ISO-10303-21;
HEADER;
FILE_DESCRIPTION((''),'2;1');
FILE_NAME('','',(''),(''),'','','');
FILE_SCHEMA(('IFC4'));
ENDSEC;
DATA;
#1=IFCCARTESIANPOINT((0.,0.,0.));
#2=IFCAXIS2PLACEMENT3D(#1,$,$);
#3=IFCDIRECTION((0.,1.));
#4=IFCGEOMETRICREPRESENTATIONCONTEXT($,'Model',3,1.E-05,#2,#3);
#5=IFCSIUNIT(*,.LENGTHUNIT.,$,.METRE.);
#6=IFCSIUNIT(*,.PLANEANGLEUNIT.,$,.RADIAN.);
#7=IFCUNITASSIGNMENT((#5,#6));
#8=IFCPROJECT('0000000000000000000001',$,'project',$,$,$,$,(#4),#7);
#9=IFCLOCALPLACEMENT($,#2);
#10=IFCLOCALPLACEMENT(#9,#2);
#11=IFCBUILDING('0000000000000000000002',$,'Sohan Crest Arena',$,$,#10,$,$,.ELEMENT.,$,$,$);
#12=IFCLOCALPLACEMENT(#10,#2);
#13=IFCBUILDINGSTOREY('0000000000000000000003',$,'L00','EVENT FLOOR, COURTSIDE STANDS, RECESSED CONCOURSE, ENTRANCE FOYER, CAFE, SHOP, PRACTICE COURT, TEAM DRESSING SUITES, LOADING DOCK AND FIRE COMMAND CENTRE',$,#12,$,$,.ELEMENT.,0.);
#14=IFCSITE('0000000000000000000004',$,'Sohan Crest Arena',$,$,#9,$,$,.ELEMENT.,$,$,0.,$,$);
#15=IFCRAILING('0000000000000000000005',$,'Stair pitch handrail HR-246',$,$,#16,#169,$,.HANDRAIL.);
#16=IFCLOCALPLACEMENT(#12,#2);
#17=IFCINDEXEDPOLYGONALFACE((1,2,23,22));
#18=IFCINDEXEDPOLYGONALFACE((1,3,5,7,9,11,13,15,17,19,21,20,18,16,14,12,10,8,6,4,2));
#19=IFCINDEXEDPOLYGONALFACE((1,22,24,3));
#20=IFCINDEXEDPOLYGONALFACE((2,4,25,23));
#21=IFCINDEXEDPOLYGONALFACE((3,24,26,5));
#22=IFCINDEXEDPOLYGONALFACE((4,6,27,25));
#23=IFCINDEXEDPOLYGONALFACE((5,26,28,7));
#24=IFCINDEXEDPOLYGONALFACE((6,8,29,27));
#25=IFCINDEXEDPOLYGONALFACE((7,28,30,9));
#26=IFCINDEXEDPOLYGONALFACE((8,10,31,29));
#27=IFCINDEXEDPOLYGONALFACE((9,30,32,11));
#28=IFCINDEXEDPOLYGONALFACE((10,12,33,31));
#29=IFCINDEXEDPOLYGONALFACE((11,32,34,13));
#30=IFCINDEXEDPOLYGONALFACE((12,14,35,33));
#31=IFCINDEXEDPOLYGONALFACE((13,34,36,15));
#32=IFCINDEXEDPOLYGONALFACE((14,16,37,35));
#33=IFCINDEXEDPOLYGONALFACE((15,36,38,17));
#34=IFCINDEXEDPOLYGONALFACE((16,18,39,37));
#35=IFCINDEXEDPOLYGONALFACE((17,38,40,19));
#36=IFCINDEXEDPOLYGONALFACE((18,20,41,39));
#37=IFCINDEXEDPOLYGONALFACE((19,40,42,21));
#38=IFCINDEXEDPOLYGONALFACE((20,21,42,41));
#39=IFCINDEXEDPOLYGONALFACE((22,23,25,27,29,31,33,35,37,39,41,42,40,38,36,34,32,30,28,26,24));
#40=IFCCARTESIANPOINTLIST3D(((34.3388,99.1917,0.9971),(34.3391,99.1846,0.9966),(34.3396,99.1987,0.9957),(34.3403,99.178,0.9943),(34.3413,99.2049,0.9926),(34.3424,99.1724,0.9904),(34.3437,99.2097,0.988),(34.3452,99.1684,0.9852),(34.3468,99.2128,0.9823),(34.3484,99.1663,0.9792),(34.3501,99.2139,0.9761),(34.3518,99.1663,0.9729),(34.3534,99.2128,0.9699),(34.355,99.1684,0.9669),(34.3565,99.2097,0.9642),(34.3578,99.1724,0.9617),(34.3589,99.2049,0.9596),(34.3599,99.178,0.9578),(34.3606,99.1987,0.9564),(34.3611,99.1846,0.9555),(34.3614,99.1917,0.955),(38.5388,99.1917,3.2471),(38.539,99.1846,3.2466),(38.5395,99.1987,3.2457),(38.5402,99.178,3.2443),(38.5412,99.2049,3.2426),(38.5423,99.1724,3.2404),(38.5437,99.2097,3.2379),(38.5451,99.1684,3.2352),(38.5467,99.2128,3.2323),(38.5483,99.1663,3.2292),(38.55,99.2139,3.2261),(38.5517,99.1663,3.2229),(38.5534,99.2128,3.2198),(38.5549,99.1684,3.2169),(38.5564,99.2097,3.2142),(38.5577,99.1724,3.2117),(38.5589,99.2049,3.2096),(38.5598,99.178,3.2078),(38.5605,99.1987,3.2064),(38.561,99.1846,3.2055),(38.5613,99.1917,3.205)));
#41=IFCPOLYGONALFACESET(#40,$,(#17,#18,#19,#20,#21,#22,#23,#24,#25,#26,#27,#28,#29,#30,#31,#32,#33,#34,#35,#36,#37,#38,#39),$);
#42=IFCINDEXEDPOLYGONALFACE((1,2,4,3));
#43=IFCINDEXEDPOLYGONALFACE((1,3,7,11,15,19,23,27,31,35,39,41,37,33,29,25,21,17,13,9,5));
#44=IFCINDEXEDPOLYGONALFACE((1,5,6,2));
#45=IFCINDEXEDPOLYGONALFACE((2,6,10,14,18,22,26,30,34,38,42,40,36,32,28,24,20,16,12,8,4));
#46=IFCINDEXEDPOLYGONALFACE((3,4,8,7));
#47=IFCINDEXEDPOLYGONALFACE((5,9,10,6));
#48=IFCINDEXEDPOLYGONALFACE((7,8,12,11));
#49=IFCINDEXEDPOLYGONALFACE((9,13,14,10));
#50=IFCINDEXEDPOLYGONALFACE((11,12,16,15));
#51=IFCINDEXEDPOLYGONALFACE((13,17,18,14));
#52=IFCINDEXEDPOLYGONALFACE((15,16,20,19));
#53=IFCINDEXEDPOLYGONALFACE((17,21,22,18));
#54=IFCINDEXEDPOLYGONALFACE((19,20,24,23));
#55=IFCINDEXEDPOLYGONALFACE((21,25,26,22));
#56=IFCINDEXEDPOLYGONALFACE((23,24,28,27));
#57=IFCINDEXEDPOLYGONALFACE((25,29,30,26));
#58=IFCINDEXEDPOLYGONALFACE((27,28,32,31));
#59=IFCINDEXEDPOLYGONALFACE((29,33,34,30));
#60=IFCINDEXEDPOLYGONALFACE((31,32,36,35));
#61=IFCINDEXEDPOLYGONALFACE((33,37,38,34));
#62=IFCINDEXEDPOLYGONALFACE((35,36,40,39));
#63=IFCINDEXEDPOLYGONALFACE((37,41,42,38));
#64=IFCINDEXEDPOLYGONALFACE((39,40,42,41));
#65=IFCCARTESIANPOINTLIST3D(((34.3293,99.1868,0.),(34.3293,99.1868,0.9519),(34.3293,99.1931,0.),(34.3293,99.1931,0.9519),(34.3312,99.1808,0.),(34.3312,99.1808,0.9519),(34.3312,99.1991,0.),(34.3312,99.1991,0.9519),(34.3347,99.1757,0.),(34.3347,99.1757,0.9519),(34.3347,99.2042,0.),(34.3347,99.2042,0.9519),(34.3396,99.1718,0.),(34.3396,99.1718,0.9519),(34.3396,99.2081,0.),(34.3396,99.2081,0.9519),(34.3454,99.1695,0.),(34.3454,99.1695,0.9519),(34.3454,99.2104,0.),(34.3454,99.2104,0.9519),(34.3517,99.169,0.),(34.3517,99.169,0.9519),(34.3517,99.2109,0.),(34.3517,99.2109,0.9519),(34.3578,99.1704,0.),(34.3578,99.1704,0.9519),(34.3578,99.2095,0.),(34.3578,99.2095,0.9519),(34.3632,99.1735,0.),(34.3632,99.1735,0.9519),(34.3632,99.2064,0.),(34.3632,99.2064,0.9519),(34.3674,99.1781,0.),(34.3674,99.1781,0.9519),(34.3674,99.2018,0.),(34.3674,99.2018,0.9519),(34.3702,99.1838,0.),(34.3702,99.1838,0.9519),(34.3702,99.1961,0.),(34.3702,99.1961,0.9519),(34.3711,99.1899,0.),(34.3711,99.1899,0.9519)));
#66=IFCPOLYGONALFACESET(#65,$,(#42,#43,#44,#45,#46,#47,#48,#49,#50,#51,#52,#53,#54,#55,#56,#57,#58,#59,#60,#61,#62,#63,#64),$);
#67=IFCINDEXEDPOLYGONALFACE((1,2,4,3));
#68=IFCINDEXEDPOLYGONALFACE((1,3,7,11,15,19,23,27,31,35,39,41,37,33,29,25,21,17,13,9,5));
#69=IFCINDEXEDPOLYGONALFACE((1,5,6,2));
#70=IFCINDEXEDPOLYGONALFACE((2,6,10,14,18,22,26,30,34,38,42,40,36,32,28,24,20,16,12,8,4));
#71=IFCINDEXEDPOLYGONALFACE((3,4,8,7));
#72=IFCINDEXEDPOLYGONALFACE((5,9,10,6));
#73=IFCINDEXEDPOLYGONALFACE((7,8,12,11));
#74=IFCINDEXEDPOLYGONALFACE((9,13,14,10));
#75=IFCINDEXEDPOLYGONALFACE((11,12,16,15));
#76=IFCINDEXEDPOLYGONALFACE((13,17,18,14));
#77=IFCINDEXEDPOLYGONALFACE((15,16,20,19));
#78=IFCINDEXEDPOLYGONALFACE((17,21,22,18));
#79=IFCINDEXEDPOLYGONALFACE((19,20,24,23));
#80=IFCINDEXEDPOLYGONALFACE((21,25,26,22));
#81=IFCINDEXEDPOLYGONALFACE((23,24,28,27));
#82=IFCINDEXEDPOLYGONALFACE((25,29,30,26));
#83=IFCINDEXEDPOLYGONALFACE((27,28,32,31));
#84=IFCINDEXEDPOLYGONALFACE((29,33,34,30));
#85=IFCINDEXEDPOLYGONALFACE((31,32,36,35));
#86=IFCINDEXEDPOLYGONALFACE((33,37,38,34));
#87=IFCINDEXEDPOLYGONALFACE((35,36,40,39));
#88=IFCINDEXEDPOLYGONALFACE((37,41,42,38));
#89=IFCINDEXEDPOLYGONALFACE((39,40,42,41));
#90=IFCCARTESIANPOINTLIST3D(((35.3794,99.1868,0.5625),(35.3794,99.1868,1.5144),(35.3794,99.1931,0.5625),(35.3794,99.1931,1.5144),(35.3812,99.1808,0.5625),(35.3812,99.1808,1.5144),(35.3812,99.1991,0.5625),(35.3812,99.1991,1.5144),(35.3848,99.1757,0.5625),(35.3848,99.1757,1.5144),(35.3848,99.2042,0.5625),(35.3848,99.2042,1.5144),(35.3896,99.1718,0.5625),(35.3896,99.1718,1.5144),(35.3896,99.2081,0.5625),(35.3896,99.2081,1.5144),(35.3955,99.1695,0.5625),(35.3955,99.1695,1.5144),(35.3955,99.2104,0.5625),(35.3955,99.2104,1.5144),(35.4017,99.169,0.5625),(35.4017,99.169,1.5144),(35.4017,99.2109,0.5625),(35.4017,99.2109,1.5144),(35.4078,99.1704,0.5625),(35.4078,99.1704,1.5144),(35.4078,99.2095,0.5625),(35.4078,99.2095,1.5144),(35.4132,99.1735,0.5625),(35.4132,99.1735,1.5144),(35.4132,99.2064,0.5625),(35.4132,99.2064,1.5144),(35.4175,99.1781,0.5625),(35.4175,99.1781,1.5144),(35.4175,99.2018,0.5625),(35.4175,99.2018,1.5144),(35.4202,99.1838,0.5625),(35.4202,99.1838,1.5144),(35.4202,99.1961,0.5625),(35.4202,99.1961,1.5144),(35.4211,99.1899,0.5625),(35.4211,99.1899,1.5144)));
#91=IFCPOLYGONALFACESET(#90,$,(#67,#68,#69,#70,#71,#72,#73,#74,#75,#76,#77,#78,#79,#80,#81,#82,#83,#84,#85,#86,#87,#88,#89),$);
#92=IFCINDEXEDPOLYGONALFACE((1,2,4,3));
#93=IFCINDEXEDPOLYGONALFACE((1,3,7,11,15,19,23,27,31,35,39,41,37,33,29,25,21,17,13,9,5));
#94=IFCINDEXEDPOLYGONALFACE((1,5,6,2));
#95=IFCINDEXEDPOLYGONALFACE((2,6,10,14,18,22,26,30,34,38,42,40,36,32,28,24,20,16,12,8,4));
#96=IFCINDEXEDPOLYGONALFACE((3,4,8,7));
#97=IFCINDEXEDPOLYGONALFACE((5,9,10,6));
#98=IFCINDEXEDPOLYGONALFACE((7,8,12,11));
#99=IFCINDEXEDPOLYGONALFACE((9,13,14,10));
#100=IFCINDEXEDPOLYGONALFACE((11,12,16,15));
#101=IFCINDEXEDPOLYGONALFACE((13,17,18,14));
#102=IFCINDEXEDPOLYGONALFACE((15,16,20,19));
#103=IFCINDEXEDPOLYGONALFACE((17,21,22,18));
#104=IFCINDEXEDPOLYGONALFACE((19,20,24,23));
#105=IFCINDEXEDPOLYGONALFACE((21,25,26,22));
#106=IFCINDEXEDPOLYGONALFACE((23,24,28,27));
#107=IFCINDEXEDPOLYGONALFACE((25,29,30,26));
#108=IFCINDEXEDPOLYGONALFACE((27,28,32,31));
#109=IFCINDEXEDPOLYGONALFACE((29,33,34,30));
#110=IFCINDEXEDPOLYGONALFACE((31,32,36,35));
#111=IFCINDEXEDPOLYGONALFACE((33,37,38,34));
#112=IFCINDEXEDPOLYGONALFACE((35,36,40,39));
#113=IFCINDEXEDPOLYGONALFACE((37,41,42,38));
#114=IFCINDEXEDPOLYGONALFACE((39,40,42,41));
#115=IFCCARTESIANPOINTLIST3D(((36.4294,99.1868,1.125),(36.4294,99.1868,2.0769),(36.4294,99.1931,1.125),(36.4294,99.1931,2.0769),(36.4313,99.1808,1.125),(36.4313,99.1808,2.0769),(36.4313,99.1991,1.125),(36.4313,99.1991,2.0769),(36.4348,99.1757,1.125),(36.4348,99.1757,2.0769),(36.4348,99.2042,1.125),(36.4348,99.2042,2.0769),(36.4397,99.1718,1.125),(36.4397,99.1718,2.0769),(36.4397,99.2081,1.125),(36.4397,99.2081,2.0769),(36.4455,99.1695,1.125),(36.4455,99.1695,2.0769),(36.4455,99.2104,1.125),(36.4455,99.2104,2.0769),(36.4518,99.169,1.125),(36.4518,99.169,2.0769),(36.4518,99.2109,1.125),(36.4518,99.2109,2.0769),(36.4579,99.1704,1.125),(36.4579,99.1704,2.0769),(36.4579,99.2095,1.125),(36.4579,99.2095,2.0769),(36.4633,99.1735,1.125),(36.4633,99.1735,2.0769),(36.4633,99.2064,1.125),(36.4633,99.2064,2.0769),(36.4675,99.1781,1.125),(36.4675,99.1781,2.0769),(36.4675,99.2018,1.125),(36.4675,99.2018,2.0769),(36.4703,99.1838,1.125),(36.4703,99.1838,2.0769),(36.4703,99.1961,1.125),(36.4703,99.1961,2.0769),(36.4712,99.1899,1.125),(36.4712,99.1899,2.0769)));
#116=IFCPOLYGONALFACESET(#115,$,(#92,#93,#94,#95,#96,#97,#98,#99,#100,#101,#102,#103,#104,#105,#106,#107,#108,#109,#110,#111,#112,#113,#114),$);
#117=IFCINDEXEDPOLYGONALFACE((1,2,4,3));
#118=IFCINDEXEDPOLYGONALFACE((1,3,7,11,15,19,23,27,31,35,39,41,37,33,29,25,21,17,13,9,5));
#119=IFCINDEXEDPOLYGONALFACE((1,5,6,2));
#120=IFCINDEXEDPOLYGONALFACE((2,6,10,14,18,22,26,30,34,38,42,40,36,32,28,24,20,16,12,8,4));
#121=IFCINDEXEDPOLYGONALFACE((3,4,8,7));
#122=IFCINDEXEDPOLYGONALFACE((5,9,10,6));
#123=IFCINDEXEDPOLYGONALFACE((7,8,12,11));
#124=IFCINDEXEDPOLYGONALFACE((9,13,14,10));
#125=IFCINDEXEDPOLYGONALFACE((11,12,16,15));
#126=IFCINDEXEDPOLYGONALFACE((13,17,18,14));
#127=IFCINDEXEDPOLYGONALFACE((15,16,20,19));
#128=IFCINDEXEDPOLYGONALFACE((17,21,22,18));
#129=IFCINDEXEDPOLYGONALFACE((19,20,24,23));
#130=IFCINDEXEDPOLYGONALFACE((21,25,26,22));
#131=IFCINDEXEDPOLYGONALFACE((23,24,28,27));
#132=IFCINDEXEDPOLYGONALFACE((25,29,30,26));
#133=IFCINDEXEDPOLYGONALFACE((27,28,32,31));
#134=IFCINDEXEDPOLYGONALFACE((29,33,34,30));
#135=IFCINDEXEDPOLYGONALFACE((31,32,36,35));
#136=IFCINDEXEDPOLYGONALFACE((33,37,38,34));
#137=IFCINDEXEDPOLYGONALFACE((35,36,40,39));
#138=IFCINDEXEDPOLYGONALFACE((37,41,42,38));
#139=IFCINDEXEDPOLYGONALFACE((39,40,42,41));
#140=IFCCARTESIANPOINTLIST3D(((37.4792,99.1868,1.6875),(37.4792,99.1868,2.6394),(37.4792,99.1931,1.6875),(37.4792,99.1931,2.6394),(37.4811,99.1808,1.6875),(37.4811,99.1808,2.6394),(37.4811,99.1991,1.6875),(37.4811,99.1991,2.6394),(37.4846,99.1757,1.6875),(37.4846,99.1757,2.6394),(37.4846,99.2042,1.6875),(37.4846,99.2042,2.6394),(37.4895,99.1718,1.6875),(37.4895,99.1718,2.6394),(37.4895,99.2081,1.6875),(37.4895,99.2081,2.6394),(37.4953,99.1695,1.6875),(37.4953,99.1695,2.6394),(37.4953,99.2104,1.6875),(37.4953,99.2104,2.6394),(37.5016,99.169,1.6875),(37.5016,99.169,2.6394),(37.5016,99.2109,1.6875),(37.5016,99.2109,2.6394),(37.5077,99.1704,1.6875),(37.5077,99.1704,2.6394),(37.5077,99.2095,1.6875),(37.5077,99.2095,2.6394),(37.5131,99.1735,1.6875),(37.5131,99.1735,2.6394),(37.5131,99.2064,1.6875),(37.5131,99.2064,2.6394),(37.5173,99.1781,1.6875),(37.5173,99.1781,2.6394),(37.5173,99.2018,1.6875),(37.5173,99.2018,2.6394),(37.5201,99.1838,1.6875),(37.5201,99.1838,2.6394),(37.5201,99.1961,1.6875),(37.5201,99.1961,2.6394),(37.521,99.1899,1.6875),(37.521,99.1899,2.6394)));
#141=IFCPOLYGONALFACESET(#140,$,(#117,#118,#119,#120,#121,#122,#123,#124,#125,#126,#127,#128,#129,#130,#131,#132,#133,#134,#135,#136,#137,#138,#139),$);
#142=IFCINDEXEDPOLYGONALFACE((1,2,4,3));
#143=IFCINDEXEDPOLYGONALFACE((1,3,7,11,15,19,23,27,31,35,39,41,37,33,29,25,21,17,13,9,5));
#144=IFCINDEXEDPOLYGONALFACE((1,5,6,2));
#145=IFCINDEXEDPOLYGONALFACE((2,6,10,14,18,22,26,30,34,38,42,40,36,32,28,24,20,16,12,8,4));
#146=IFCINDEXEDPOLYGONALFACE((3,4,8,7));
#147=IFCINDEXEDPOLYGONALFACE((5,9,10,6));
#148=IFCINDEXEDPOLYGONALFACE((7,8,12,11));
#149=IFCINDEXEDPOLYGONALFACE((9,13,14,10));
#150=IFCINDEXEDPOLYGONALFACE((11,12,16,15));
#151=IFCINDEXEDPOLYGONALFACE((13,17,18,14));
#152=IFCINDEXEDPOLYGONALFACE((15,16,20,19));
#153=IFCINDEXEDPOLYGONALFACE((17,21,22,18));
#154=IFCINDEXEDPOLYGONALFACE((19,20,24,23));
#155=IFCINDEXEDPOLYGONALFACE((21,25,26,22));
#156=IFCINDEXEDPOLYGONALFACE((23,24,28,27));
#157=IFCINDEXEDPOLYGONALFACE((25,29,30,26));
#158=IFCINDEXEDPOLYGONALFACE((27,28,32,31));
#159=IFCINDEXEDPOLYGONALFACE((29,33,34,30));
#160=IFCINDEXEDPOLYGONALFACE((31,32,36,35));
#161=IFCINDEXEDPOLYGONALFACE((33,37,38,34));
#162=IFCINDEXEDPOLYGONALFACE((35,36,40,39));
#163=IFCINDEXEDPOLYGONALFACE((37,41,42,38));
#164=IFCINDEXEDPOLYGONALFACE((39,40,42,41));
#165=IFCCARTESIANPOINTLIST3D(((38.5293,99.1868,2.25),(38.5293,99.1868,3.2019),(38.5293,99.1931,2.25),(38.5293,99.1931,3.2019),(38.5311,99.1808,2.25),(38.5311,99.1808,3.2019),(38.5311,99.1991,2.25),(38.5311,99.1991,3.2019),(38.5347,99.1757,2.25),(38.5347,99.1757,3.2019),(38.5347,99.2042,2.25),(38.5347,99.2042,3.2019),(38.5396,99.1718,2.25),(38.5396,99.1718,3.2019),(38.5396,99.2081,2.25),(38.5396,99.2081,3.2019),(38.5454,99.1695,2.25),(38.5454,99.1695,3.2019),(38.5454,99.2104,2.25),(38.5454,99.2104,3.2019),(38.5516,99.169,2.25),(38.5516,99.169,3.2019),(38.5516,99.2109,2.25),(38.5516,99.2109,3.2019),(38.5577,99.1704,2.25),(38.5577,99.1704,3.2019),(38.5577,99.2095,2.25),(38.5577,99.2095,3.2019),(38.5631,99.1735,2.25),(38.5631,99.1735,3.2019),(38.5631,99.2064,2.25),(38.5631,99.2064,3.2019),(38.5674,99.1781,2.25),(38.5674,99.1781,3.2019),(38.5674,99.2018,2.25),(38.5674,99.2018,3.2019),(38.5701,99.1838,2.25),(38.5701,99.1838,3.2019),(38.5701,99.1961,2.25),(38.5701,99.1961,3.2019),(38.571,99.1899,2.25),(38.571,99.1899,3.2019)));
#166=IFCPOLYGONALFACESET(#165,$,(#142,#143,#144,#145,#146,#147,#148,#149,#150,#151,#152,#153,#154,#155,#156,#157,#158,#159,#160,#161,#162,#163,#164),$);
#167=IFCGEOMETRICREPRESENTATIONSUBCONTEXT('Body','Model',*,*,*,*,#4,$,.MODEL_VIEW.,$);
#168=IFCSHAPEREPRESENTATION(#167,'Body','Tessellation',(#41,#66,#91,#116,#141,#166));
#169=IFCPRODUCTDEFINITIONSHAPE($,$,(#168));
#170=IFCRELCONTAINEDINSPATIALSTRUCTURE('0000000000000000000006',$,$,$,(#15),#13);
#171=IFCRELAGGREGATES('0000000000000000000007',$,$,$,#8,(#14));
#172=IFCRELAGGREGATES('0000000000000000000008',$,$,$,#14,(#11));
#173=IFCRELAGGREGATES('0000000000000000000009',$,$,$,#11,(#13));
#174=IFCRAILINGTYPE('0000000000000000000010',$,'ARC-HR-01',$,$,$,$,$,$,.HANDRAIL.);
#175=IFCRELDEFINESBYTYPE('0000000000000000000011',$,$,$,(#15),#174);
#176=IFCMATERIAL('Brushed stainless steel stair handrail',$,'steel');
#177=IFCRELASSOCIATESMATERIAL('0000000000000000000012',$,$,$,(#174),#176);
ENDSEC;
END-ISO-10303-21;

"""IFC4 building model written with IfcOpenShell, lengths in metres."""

from ifc_helpers import new_model, si_unit, direction, frame, origin, origin_2d, place, context, subcontext, project, spatial, circle, extrude, material, type_object, element, save


model = new_model("IFC4")

# Units and contexts
model_context = context("Model", 3, precision=1e-05, world=origin(), true_north=direction((0.0, 1.0)))
body_context = subcontext(model_context, "Body", "Model", "MODEL_VIEW")
ifc_project = project(units=[si_unit("LENGTHUNIT", "METRE"), si_unit("PLANEANGLEUNIT", "RADIAN")], contexts=[model_context])

# Site, building, storey
site_placement = place(None, origin())
site = spatial("IfcSite", under=ifc_project, at=site_placement, Name="Sohan Crest Arena", CompositionType="ELEMENT", RefElevation=0.0)
building_placement = place(site_placement, origin())
building = spatial("IfcBuilding", under=site, at=building_placement, Name="Sohan Crest Arena", CompositionType="ELEMENT")
storey_placement = place(building_placement, origin())
storey = spatial("IfcBuildingStorey", under=building, at=storey_placement, Name="L00", Description="EVENT FLOOR, COURTSIDE STANDS, RECESSED CONCOURSE, ENTRANCE FOYER, CAFE, SHOP, PRACTICE COURT, TEAM DRESSING SUITES, LOADING DOCK AND FIRE COMMAND CENTRE", CompositionType="ELEMENT", Elevation=0.0)

# Railing
ifc_material_1 = material(Name="Brushed stainless steel stair handrail", Category="steel")
railing_type_1 = type_object("IfcRailingType", Name="ARC-HR-01", PredefinedType="HANDRAIL", material=ifc_material_1)
for number, where, name in (
    (1, (34.3501, 99.1899, 0.0), "Stair pitch handrail HR-246"),
):
    element("IfcRailing", number, at=place(storey_placement, frame(where)), inside=storey, type_object=railing_type_1, Name=name, PredefinedType="HANDRAIL", context=body_context, shape_type="SweptSolid", body=[
        extrude(circle(Radius=0.0239, at=origin_2d()), frame((0.0, 0.0, 0.9761), z_axis=(0.881478, 0.0, 0.472226), x_axis=(0.0, 1.0, 0.0)), (0.0, 0.0, 1.0), 4.7646),
        extrude(circle(Radius=0.021, at=origin_2d()), origin(), (0.0, 0.0, 1.0), 0.9519),
        extrude(circle(Radius=0.021, at=origin_2d()), frame((1.05, 0.0, 0.5625)), (0.0, 0.0, 1.0), 0.9519),
        extrude(circle(Radius=0.021, at=origin_2d()), frame((2.1001, 0.0, 1.125)), (0.0, 0.0, 1.0), 0.9519),
        extrude(circle(Radius=0.021, at=origin_2d()), frame((3.1499, 0.0, 1.6875)), (0.0, 0.0, 1.0), 0.9519),
        extrude(circle(Radius=0.021, at=origin_2d()), frame((4.2, 0.0, 2.25)), (0.0, 0.0, 1.0), 0.9519),
    ])

save(model, "model.ifc")
